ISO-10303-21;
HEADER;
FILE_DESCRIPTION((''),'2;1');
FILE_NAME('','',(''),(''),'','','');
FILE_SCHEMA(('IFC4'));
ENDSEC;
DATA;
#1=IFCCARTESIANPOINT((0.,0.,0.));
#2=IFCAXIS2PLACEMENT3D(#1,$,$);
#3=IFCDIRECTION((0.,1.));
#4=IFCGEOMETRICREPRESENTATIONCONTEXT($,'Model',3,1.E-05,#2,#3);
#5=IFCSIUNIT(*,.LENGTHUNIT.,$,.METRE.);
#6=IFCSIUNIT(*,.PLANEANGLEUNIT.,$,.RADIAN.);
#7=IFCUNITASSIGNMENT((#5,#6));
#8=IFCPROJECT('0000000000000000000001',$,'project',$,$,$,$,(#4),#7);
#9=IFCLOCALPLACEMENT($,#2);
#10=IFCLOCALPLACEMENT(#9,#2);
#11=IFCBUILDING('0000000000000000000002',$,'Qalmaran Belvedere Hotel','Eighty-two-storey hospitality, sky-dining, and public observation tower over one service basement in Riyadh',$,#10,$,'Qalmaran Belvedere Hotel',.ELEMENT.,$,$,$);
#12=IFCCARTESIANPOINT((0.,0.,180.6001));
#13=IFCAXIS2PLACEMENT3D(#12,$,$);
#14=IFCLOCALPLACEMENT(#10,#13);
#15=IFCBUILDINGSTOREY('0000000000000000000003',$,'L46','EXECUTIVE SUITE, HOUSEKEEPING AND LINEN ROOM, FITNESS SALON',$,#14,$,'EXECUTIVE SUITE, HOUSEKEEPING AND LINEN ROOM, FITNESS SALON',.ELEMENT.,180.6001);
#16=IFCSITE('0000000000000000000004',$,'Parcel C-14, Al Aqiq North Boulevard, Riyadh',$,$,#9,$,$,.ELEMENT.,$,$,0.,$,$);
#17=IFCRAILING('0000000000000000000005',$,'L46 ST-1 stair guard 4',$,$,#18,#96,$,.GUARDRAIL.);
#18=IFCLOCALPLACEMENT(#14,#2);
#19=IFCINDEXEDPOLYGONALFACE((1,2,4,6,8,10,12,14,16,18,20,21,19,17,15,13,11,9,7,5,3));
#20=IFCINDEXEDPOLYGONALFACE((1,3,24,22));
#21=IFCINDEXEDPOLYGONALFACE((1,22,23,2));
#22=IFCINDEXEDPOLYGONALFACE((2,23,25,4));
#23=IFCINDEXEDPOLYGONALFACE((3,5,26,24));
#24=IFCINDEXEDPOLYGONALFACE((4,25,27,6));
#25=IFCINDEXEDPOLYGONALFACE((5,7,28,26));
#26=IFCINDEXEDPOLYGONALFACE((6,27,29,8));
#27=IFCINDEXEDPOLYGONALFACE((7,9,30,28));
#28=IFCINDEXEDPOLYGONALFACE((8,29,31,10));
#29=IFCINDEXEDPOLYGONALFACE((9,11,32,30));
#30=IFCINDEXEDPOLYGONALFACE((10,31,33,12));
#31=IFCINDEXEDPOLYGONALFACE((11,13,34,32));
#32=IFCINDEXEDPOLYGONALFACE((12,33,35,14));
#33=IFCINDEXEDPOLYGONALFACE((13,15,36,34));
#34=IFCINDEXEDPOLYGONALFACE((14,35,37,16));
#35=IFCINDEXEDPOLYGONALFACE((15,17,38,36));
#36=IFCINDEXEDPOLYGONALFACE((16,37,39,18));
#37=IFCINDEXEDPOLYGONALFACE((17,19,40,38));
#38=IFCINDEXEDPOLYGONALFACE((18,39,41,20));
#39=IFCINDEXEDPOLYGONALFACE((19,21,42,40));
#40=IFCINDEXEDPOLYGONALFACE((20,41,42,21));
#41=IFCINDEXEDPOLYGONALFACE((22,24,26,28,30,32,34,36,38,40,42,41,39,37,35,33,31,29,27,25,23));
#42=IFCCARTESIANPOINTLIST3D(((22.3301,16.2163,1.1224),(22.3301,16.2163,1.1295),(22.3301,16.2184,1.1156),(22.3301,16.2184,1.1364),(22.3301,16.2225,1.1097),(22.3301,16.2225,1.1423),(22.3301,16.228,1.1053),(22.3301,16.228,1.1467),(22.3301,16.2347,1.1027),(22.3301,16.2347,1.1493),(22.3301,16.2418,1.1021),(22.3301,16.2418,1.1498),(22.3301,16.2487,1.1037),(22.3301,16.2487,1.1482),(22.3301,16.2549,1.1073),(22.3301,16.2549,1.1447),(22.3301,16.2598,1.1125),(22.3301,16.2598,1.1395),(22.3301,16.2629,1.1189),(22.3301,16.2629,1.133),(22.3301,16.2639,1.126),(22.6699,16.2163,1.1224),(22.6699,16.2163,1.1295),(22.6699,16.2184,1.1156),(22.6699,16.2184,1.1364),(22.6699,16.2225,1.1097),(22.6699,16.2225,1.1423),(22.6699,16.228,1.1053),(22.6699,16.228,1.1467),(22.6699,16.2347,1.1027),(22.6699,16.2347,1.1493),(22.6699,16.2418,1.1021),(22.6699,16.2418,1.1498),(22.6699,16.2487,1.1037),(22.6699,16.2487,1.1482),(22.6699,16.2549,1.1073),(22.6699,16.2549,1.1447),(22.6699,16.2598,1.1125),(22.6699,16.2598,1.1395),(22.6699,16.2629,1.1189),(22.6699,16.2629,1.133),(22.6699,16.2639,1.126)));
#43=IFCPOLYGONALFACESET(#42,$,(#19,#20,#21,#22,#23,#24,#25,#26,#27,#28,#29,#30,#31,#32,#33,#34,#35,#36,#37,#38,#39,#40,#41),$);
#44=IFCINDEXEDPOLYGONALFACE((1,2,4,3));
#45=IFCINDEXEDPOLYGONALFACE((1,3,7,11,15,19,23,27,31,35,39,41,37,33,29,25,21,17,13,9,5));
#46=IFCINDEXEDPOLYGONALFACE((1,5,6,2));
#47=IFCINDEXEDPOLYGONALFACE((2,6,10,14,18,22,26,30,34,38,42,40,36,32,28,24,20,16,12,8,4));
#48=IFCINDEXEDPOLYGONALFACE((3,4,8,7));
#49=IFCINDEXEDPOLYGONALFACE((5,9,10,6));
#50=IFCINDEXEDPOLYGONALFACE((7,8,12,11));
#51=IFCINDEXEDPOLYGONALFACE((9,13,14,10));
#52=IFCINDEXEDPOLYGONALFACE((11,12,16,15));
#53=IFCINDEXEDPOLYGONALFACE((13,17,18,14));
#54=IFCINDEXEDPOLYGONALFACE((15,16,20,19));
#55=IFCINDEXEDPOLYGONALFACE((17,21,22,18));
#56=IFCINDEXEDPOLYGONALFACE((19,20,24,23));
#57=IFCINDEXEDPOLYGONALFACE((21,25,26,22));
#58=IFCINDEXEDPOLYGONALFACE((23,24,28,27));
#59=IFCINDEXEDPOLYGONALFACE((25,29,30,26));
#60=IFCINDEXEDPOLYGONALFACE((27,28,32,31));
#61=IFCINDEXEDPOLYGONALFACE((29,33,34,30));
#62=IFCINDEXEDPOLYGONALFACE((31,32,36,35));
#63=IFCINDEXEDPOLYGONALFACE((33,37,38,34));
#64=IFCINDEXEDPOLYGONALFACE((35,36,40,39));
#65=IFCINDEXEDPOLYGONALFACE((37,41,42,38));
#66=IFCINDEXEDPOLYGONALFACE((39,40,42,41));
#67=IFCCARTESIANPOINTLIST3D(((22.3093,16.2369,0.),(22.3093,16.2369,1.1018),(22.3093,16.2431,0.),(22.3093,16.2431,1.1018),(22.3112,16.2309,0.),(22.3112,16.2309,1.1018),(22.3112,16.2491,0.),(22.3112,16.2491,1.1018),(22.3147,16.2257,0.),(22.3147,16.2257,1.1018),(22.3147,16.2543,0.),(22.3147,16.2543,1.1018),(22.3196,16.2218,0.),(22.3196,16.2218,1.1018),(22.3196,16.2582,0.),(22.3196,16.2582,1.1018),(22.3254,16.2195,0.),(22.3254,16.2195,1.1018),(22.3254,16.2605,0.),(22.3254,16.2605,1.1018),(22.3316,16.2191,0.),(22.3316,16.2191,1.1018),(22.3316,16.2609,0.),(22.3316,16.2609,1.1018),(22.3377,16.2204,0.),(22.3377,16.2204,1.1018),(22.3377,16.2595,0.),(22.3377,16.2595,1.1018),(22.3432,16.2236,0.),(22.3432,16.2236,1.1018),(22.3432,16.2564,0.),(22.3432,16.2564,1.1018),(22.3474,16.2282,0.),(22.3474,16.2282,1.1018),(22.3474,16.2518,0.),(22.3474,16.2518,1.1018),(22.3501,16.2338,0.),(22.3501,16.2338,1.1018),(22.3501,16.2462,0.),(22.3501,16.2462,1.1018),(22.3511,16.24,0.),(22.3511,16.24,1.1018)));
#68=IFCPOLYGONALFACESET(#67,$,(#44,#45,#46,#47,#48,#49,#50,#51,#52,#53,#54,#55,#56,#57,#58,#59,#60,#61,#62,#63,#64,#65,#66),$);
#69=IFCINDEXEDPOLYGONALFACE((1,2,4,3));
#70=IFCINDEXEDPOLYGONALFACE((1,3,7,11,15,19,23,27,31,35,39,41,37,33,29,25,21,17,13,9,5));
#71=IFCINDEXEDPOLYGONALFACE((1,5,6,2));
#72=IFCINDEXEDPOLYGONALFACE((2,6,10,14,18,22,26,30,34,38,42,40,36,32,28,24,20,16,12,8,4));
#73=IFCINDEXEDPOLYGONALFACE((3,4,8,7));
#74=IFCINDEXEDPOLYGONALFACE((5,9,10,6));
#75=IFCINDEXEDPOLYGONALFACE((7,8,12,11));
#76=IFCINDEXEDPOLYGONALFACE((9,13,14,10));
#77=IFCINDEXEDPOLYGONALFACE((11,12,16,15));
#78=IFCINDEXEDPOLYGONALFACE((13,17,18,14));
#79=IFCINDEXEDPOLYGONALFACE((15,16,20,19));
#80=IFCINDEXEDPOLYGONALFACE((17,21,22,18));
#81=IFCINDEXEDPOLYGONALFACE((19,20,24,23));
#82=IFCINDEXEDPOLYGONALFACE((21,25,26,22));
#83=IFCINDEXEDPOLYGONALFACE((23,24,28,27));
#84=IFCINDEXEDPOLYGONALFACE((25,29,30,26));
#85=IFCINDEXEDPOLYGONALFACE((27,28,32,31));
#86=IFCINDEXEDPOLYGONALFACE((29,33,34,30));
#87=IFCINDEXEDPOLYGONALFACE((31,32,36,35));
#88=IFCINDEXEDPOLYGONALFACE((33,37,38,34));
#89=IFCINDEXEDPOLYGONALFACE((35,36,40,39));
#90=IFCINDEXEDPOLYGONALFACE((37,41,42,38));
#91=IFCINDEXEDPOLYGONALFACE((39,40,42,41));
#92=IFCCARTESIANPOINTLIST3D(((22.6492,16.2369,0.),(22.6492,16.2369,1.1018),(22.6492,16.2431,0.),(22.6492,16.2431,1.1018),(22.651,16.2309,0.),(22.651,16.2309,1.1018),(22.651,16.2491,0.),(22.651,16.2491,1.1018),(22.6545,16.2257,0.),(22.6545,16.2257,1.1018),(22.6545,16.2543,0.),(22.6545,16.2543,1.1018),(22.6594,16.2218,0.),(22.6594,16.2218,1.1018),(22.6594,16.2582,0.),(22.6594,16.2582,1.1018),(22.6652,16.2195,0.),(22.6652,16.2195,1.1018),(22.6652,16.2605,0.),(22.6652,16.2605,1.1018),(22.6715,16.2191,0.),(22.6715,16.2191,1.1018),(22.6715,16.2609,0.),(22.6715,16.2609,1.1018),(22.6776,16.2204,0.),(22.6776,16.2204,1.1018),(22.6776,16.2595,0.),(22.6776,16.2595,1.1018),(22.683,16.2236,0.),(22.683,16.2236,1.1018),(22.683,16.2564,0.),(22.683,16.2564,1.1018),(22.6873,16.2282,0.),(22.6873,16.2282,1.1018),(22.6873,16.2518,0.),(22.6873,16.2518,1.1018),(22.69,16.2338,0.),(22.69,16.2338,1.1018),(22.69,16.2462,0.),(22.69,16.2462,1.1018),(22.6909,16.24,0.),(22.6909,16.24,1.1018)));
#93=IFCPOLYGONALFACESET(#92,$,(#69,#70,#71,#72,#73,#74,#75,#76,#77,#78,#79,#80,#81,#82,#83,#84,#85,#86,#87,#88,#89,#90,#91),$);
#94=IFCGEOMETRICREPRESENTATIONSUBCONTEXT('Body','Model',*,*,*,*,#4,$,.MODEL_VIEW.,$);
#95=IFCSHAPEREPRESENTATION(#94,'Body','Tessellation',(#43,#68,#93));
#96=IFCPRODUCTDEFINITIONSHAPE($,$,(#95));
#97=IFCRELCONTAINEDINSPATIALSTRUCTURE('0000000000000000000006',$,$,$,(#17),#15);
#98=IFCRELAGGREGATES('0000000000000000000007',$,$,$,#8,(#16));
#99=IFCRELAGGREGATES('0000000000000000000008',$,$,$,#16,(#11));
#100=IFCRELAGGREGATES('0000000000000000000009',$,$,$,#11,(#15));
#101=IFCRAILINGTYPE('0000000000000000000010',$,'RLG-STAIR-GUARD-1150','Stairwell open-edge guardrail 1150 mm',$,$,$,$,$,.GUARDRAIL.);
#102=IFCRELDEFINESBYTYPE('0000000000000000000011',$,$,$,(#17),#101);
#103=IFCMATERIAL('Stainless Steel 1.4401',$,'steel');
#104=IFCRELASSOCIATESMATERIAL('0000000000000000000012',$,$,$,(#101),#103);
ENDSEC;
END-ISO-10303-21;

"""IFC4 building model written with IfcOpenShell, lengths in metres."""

from ifc_helpers import new_model, si_unit, direction, frame, origin, origin_2d, place, context, subcontext, project, spatial, circle, extrude, material, type_object, element, save


model = new_model("IFC4")

# Units and contexts
model_context = context("Model", 3, precision=1e-05, world=origin(), true_north=direction((0.0, 1.0)))
body_context = subcontext(model_context, "Body", "Model", "MODEL_VIEW")
ifc_project = project(units=[si_unit("LENGTHUNIT", "METRE"), si_unit("PLANEANGLEUNIT", "RADIAN")], contexts=[model_context])

# Site, building, storey
site_placement = place(None, origin())
site = spatial("IfcSite", under=ifc_project, at=site_placement, Name="Parcel C-14, Al Aqiq North Boulevard, Riyadh", CompositionType="ELEMENT", RefElevation=0.0)
building_placement = place(site_placement, origin())
building = spatial("IfcBuilding", under=site, at=building_placement, Name="Qalmaran Belvedere Hotel", Description="Eighty-two-storey hospitality, sky-dining, and public observation tower over one service basement in Riyadh", LongName="Qalmaran Belvedere Hotel", CompositionType="ELEMENT")
storey_placement = place(building_placement, frame((0.0, 0.0, 180.6001)))
storey = spatial("IfcBuildingStorey", under=building, at=storey_placement, Name="L46", Description="EXECUTIVE SUITE, HOUSEKEEPING AND LINEN ROOM, FITNESS SALON", LongName="EXECUTIVE SUITE, HOUSEKEEPING AND LINEN ROOM, FITNESS SALON", CompositionType="ELEMENT", Elevation=180.6001)

# Shared definitions
ifc_material_1 = material(Name="Stainless Steel 1.4401", Category="steel")

# Railing
railing_type = type_object("IfcRailingType", Name="RLG-STAIR-GUARD-1150", Description="Stairwell open-edge guardrail 1150 mm", PredefinedType="GUARDRAIL", material=ifc_material_1)
railing_1_placement = place(storey_placement, frame((22.3301, 16.24, 0.0)))
element("IfcRailing", 1, at=railing_1_placement, inside=storey, type_object=railing_type, Name="L46 ST-1 stair guard 4", PredefinedType="GUARDRAIL", context=body_context, shape_type="SweptSolid", body=[
    extrude(circle(Radius=0.0239, at=origin_2d()), frame((0.0, 0.0, 1.126), z_axis=(1.0, 0.0, 0.0), x_axis=(0.0, 1.0, 0.0)), (0.0, 0.0, 1.0), 0.3398),
    extrude(circle(Radius=0.021, at=origin_2d()), origin(), (0.0, 0.0, 1.0), 1.1018),
    extrude(circle(Radius=0.021, at=origin_2d()), frame((0.3398, 0.0, 0.0)), (0.0, 0.0, 1.0), 1.1018),
])

save(model, "model.ifc")
